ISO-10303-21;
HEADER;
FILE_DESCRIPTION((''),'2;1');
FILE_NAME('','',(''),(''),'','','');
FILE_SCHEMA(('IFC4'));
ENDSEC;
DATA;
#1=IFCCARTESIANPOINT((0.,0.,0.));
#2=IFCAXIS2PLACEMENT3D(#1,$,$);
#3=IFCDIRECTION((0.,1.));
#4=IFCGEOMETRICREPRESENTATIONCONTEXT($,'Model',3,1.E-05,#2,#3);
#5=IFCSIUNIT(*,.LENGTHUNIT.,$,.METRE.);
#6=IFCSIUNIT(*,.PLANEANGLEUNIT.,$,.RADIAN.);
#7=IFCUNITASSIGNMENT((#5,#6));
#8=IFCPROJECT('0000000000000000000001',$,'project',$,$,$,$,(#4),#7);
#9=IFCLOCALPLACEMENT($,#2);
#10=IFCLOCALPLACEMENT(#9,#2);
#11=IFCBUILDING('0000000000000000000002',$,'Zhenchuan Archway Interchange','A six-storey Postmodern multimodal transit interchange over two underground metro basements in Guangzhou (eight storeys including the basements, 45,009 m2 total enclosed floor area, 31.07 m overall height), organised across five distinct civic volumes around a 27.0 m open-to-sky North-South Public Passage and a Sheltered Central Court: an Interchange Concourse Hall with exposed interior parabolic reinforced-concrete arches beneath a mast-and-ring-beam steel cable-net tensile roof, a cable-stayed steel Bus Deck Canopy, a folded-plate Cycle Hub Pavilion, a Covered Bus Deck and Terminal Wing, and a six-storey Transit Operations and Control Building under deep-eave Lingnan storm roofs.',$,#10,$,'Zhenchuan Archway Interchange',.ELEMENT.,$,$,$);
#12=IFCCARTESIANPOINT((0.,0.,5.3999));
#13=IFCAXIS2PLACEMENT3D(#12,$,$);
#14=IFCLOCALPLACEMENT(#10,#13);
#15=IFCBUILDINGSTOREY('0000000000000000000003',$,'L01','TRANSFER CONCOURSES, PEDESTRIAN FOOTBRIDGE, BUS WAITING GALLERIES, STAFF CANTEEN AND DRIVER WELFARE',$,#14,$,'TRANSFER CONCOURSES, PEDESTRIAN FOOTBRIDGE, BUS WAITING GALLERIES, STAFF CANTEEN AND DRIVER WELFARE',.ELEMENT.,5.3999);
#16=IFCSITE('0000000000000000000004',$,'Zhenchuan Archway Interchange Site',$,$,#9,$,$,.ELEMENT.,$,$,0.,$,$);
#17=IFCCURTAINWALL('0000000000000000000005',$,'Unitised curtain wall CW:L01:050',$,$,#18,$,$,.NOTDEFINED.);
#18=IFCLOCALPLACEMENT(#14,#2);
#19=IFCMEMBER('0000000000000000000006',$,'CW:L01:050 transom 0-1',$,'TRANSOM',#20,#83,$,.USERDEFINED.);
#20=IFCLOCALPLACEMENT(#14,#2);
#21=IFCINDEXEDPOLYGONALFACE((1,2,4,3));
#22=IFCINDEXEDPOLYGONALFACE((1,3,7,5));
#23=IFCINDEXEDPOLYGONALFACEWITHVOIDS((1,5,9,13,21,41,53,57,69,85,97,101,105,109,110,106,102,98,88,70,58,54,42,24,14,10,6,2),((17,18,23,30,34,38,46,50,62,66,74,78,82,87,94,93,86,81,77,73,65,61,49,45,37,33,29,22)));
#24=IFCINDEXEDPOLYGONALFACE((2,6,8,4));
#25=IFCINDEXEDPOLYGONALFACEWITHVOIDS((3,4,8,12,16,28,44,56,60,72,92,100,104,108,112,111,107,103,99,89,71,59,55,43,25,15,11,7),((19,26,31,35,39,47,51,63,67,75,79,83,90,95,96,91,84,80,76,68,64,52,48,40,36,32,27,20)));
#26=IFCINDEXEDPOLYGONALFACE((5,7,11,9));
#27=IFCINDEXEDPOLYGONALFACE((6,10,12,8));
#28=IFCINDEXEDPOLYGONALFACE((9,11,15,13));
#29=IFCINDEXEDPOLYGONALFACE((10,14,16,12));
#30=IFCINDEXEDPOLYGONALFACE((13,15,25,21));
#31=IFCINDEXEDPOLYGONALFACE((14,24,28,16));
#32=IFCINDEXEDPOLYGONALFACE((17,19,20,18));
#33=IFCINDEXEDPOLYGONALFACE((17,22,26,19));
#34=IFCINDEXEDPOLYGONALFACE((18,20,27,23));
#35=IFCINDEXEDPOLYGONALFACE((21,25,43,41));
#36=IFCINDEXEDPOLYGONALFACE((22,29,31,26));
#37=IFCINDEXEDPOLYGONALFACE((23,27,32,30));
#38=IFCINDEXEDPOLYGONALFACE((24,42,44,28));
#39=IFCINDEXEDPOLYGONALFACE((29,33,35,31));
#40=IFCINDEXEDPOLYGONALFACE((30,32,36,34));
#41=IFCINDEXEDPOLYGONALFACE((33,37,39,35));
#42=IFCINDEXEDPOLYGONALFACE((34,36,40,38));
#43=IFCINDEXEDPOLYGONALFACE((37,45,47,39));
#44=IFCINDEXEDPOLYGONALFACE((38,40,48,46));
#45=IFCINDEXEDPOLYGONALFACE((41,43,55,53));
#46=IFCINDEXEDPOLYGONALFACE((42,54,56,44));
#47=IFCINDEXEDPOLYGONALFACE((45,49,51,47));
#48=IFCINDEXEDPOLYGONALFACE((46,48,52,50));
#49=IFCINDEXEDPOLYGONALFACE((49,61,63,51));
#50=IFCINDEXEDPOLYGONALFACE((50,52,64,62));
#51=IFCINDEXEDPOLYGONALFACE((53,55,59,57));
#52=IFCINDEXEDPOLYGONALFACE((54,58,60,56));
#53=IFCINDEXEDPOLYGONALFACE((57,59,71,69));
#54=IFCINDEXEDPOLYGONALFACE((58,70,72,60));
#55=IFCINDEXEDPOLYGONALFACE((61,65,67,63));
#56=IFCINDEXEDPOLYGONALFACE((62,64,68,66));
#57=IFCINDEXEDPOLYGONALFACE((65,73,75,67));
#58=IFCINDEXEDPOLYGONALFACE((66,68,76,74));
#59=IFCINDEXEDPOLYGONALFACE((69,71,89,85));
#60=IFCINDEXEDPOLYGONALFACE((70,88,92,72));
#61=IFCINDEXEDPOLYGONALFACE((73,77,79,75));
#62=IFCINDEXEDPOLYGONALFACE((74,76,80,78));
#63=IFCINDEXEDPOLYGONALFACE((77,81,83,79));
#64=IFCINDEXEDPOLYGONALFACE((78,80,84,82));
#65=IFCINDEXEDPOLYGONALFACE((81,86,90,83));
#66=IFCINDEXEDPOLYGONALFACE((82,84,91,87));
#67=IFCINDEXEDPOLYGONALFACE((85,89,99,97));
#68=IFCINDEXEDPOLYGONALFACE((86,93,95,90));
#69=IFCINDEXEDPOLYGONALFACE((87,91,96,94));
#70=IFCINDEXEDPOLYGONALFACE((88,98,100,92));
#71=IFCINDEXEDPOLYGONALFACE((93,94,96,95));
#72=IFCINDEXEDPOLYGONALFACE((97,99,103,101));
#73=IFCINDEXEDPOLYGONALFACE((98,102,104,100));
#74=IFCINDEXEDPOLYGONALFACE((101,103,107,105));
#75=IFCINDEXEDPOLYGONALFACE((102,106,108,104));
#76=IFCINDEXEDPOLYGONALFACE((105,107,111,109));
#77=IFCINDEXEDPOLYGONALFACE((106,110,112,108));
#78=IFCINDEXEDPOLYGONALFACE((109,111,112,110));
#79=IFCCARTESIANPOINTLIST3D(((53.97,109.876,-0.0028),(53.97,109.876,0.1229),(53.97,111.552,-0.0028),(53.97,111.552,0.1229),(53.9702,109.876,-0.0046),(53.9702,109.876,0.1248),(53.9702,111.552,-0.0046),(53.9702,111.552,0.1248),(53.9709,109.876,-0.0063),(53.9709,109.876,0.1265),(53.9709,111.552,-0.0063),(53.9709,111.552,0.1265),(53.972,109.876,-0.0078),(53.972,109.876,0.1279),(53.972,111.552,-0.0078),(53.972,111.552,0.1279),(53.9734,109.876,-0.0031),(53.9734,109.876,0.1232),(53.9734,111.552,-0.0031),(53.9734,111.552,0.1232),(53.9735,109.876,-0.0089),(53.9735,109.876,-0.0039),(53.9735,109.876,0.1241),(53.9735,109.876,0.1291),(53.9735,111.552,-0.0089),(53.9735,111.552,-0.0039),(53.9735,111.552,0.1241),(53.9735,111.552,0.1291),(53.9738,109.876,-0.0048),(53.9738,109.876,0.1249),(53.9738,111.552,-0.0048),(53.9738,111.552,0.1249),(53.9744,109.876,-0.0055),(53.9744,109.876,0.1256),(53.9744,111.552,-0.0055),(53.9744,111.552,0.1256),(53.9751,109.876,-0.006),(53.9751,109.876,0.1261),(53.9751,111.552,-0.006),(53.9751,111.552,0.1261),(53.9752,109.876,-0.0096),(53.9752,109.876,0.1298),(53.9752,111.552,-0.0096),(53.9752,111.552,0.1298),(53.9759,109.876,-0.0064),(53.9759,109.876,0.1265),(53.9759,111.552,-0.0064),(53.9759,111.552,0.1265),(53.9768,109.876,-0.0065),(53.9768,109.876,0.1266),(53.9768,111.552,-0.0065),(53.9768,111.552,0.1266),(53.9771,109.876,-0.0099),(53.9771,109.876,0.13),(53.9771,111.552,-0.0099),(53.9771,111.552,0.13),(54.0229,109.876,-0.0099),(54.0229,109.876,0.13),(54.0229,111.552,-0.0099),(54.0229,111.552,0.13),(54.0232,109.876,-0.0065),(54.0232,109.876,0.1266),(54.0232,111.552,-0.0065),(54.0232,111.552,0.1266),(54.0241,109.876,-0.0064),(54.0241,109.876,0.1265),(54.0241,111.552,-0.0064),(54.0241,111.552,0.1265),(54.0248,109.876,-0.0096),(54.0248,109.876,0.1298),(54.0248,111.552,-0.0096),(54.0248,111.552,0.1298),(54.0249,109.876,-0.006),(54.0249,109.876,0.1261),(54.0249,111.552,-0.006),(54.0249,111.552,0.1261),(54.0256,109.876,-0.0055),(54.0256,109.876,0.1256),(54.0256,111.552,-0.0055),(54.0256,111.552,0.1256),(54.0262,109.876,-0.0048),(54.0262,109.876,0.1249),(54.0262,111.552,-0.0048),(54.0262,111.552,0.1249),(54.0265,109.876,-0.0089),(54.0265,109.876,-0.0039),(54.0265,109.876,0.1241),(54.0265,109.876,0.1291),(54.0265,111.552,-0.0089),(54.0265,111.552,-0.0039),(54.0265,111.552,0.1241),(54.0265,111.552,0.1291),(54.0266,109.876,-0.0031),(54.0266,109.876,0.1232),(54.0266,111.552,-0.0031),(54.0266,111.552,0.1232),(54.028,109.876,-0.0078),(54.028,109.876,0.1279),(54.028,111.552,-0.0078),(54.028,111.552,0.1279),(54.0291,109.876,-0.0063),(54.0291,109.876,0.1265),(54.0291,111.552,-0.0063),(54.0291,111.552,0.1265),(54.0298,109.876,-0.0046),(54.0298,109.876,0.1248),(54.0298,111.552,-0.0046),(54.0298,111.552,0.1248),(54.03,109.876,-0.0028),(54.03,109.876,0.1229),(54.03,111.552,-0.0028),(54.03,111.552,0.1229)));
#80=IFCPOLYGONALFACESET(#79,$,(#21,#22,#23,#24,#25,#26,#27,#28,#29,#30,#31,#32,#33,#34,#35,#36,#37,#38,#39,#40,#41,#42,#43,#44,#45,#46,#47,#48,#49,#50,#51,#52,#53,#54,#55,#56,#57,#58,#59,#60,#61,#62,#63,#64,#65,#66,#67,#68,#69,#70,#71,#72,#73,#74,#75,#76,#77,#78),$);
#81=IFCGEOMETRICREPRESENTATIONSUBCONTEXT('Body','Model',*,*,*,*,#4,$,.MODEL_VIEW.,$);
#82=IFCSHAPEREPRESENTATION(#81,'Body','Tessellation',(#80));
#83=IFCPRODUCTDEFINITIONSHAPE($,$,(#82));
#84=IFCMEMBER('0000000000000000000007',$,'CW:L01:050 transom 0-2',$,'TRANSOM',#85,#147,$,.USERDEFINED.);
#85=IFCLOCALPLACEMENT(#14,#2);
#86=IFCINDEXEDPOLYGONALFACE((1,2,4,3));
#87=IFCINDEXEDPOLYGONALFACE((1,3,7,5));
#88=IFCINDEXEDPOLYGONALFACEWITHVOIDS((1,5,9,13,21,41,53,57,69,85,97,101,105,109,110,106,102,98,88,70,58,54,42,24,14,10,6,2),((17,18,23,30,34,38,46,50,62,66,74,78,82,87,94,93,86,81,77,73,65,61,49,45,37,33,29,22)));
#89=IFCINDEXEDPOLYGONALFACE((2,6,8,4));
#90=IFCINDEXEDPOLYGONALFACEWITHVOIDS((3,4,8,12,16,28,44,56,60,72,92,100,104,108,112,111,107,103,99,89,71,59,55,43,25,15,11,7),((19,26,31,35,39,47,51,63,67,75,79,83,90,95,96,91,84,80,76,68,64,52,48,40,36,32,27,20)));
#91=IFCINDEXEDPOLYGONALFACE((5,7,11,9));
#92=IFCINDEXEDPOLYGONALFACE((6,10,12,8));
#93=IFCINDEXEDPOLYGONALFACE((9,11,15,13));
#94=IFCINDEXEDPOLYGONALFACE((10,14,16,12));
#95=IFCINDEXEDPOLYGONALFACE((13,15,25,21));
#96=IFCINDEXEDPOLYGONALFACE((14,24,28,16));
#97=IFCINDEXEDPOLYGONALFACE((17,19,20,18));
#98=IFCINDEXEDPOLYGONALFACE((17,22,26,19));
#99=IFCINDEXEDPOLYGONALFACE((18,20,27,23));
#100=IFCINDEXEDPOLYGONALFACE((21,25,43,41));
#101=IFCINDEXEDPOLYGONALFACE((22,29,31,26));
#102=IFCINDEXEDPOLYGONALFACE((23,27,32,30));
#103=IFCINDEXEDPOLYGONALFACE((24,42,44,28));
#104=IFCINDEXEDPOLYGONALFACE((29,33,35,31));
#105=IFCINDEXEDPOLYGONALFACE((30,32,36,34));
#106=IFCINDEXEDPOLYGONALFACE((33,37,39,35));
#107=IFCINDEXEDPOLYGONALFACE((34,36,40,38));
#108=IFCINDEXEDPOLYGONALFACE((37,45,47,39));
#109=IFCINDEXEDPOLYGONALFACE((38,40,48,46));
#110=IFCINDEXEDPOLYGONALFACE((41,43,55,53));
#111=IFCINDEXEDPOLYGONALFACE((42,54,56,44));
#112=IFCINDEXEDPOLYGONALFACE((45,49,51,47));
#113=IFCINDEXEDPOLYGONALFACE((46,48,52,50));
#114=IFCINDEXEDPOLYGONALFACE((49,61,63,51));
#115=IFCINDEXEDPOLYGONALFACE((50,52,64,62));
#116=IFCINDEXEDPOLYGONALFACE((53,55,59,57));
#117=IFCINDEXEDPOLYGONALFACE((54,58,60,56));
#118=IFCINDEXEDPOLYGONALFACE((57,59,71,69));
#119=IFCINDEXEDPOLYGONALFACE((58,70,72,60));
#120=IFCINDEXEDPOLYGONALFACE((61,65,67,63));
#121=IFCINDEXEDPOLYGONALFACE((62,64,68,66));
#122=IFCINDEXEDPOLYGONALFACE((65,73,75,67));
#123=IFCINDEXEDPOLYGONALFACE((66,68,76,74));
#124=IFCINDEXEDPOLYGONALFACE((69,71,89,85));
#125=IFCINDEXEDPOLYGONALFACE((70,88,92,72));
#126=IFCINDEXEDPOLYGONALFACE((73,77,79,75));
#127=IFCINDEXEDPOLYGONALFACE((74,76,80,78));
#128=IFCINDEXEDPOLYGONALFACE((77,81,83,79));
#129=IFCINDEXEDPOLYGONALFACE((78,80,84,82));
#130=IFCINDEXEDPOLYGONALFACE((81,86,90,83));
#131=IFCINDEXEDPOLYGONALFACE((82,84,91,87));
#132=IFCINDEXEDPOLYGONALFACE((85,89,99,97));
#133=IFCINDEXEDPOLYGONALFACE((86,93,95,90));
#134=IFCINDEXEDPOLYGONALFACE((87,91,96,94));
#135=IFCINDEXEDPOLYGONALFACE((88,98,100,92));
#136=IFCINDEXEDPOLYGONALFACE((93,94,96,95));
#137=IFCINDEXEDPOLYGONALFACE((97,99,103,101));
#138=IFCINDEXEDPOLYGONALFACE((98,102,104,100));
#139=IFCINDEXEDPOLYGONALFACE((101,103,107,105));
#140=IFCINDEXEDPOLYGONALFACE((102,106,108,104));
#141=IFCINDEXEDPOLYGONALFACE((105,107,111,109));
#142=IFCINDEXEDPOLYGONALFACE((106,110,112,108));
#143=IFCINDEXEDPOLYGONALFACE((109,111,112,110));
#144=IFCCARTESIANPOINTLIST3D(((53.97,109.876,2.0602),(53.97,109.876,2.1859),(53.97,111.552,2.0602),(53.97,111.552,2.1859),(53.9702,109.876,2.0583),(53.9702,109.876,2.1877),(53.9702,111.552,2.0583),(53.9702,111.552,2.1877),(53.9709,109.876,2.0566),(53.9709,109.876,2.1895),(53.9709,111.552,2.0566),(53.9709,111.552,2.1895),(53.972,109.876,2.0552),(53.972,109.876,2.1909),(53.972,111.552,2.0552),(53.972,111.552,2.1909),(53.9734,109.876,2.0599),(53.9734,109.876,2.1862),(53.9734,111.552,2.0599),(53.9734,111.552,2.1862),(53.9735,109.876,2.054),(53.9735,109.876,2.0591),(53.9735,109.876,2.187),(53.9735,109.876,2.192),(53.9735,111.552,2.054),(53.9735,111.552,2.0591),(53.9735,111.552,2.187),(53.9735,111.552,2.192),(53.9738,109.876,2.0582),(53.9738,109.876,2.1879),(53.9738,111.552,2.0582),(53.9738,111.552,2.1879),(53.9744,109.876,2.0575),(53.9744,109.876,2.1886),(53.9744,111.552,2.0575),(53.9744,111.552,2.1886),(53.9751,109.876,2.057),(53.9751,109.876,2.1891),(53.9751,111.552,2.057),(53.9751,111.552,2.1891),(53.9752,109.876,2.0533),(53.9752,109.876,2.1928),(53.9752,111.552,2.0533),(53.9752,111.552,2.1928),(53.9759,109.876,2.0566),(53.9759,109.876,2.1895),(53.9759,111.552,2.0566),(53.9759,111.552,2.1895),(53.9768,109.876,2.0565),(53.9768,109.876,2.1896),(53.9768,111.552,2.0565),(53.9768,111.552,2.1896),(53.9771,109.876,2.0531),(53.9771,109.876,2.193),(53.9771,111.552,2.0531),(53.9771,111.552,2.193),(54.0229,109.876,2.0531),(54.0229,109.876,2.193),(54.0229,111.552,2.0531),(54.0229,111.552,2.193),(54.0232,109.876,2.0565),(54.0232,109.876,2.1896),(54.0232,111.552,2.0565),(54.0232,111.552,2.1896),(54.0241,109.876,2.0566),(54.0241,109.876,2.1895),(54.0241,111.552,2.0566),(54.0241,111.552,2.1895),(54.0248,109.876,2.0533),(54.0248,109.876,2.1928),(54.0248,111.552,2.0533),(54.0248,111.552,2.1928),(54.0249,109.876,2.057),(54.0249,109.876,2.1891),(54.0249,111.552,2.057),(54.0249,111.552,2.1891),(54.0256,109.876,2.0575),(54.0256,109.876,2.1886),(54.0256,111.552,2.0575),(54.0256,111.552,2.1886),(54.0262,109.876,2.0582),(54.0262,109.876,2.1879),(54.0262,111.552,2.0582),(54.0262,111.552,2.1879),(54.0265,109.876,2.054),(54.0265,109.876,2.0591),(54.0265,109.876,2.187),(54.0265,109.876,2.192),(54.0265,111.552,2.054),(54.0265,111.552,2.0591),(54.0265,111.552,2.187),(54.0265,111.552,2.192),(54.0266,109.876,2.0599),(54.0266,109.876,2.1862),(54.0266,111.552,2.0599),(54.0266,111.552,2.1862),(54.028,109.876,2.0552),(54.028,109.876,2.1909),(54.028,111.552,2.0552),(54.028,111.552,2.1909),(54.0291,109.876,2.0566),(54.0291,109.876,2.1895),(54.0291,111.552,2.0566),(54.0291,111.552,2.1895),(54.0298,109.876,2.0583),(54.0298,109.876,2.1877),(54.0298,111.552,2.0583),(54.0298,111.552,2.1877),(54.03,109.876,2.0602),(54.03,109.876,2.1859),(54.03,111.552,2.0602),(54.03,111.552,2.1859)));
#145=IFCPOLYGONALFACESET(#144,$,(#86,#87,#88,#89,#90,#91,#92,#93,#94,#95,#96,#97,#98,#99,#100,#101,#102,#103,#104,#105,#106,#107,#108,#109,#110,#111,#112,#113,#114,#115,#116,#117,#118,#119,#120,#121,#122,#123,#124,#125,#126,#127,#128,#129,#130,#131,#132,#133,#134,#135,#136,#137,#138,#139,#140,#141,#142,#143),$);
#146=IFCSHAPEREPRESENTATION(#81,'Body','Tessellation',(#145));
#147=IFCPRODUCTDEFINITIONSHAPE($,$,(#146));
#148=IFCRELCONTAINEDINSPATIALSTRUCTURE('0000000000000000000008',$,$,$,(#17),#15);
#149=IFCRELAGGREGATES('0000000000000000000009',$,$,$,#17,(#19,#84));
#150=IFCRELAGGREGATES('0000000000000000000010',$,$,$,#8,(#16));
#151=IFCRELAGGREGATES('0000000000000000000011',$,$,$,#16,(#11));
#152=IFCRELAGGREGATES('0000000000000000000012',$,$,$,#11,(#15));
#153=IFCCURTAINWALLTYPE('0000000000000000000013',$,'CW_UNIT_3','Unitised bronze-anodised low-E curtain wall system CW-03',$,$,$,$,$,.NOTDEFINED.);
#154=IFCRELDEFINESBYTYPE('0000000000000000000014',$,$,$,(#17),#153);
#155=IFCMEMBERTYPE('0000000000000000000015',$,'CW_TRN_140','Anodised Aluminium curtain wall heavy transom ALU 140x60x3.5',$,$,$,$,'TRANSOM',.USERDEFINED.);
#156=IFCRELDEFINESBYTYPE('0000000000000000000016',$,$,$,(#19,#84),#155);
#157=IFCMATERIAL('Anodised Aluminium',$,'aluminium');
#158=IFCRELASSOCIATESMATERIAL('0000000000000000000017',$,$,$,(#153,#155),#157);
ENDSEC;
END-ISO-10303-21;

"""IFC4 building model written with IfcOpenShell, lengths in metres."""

from ifc_helpers import new_model, si_unit, direction, frame, origin, origin_2d, place, context, subcontext, project, spatial, hollow_rectangle, extrude, material, material_profile, profile_set, type_object, element, aggregate, save


model = new_model("IFC4")

# Units and contexts
model_context = context("Model", 3, precision=1e-05, world=origin(), true_north=direction((0.0, 1.0)))
body_context = subcontext(model_context, "Body", "Model", "MODEL_VIEW")
ifc_project = project(units=[si_unit("LENGTHUNIT", "METRE"), si_unit("PLANEANGLEUNIT", "RADIAN")], contexts=[model_context])

# Site, building, storey
site_placement = place(None, origin())
site = spatial("IfcSite", under=ifc_project, at=site_placement, Name="Zhenchuan Archway Interchange Site", CompositionType="ELEMENT", RefElevation=0.0)
building_placement = place(site_placement, origin())
building = spatial("IfcBuilding", under=site, at=building_placement, Name="Zhenchuan Archway Interchange", Description="A six-storey Postmodern multimodal transit interchange over two underground metro basements in Guangzhou (eight storeys including the basements, 45,009 m2 total enclosed floor area, 31.07 m overall height), organised across five distinct civic volumes around a 27.0 m open-to-sky North-South Public Passage and a Sheltered Central Court: an Interchange Concourse Hall with exposed interior parabolic reinforced-concrete arches beneath a mast-and-ring-beam steel cable-net tensile roof, a cable-stayed steel Bus Deck Canopy, a folded-plate Cycle Hub Pavilion, a Covered Bus Deck and Terminal Wing, and a six-storey Transit Operations and Control Building under deep-eave Lingnan storm roofs.", LongName="Zhenchuan Archway Interchange", CompositionType="ELEMENT")
storey_placement = place(building_placement, frame((0.0, 0.0, 5.3999)))
storey = spatial("IfcBuildingStorey", under=building, at=storey_placement, Name="L01", Description="TRANSFER CONCOURSES, PEDESTRIAN FOOTBRIDGE, BUS WAITING GALLERIES, STAFF CANTEEN AND DRIVER WELFARE", LongName="TRANSFER CONCOURSES, PEDESTRIAN FOOTBRIDGE, BUS WAITING GALLERIES, STAFF CANTEEN AND DRIVER WELFARE", CompositionType="ELEMENT", Elevation=5.3999)

# Curtain wall
ifc_material_1 = material(Name="Anodised Aluminium", Category="aluminium")
curtain_wall_type_1 = type_object("IfcCurtainWallType", Name="CW_UNIT_3", Description="Unitised bronze-anodised low-E curtain wall system CW-03", PredefinedType="NOTDEFINED", material=ifc_material_1)
curtain_wall_1_placement = place(storey_placement, origin())
curtain_wall_1 = element("IfcCurtainWall", 1, at=curtain_wall_1_placement, inside=storey, type_object=curtain_wall_type_1, Name="Unitised curtain wall CW:L01:050", PredefinedType="NOTDEFINED")

# Members
ifc_material_profile_1 = material_profile(ifc_material_1, hollow_rectangle(XDim=0.0601, YDim=0.1399, WallThickness=0.0034, InnerFilletRadius=0.0034, OuterFilletRadius=0.0071, at=origin_2d()), Name="ALU 140x60x3.5")
ifc_profile_set_1 = profile_set([ifc_material_profile_1], Name="Anodised Aluminium")
member_type_1 = type_object("IfcMemberType", Name="CW_TRN_140", Description="Anodised Aluminium curtain wall heavy transom ALU 140x60x3.5", ElementType="TRANSOM", PredefinedType="USERDEFINED", material=ifc_profile_set_1)
member_1_placement = place(storey_placement, frame((54.0, 111.552, 0.0601), z_axis=(0.0, -1.0, 0.0), x_axis=(1.0, 0.0, 0.0)))
member_1 = element("IfcMember", 2, at=member_1_placement, type_object=member_type_1, Name="CW:L01:050 transom 0-1", ObjectType="TRANSOM", PredefinedType="USERDEFINED", context=body_context, shape_type="SweptSolid", body=[
    extrude(hollow_rectangle(XDim=0.0601, YDim=0.1399, WallThickness=0.0034, InnerFilletRadius=0.0034, OuterFilletRadius=0.0071, at=origin_2d()), origin(), (0.0, 0.0, 1.0), 1.676),
])
member_2_placement = place(storey_placement, frame((54.0, 111.552, 2.123), z_axis=(0.0, -1.0, 0.0), x_axis=(1.0, 0.0, 0.0)))
member_2 = element("IfcMember", 3, at=member_2_placement, type_object=member_type_1, Name="CW:L01:050 transom 0-2", ObjectType="TRANSOM", PredefinedType="USERDEFINED", context=body_context, shape_type="SweptSolid", body=[
    extrude(hollow_rectangle(XDim=0.0601, YDim=0.1399, WallThickness=0.0034, InnerFilletRadius=0.0034, OuterFilletRadius=0.0071, at=origin_2d()), origin(), (0.0, 0.0, 1.0), 1.676),
])

aggregate(curtain_wall_1, [member_1, member_2])

save(model, "model.ifc")
